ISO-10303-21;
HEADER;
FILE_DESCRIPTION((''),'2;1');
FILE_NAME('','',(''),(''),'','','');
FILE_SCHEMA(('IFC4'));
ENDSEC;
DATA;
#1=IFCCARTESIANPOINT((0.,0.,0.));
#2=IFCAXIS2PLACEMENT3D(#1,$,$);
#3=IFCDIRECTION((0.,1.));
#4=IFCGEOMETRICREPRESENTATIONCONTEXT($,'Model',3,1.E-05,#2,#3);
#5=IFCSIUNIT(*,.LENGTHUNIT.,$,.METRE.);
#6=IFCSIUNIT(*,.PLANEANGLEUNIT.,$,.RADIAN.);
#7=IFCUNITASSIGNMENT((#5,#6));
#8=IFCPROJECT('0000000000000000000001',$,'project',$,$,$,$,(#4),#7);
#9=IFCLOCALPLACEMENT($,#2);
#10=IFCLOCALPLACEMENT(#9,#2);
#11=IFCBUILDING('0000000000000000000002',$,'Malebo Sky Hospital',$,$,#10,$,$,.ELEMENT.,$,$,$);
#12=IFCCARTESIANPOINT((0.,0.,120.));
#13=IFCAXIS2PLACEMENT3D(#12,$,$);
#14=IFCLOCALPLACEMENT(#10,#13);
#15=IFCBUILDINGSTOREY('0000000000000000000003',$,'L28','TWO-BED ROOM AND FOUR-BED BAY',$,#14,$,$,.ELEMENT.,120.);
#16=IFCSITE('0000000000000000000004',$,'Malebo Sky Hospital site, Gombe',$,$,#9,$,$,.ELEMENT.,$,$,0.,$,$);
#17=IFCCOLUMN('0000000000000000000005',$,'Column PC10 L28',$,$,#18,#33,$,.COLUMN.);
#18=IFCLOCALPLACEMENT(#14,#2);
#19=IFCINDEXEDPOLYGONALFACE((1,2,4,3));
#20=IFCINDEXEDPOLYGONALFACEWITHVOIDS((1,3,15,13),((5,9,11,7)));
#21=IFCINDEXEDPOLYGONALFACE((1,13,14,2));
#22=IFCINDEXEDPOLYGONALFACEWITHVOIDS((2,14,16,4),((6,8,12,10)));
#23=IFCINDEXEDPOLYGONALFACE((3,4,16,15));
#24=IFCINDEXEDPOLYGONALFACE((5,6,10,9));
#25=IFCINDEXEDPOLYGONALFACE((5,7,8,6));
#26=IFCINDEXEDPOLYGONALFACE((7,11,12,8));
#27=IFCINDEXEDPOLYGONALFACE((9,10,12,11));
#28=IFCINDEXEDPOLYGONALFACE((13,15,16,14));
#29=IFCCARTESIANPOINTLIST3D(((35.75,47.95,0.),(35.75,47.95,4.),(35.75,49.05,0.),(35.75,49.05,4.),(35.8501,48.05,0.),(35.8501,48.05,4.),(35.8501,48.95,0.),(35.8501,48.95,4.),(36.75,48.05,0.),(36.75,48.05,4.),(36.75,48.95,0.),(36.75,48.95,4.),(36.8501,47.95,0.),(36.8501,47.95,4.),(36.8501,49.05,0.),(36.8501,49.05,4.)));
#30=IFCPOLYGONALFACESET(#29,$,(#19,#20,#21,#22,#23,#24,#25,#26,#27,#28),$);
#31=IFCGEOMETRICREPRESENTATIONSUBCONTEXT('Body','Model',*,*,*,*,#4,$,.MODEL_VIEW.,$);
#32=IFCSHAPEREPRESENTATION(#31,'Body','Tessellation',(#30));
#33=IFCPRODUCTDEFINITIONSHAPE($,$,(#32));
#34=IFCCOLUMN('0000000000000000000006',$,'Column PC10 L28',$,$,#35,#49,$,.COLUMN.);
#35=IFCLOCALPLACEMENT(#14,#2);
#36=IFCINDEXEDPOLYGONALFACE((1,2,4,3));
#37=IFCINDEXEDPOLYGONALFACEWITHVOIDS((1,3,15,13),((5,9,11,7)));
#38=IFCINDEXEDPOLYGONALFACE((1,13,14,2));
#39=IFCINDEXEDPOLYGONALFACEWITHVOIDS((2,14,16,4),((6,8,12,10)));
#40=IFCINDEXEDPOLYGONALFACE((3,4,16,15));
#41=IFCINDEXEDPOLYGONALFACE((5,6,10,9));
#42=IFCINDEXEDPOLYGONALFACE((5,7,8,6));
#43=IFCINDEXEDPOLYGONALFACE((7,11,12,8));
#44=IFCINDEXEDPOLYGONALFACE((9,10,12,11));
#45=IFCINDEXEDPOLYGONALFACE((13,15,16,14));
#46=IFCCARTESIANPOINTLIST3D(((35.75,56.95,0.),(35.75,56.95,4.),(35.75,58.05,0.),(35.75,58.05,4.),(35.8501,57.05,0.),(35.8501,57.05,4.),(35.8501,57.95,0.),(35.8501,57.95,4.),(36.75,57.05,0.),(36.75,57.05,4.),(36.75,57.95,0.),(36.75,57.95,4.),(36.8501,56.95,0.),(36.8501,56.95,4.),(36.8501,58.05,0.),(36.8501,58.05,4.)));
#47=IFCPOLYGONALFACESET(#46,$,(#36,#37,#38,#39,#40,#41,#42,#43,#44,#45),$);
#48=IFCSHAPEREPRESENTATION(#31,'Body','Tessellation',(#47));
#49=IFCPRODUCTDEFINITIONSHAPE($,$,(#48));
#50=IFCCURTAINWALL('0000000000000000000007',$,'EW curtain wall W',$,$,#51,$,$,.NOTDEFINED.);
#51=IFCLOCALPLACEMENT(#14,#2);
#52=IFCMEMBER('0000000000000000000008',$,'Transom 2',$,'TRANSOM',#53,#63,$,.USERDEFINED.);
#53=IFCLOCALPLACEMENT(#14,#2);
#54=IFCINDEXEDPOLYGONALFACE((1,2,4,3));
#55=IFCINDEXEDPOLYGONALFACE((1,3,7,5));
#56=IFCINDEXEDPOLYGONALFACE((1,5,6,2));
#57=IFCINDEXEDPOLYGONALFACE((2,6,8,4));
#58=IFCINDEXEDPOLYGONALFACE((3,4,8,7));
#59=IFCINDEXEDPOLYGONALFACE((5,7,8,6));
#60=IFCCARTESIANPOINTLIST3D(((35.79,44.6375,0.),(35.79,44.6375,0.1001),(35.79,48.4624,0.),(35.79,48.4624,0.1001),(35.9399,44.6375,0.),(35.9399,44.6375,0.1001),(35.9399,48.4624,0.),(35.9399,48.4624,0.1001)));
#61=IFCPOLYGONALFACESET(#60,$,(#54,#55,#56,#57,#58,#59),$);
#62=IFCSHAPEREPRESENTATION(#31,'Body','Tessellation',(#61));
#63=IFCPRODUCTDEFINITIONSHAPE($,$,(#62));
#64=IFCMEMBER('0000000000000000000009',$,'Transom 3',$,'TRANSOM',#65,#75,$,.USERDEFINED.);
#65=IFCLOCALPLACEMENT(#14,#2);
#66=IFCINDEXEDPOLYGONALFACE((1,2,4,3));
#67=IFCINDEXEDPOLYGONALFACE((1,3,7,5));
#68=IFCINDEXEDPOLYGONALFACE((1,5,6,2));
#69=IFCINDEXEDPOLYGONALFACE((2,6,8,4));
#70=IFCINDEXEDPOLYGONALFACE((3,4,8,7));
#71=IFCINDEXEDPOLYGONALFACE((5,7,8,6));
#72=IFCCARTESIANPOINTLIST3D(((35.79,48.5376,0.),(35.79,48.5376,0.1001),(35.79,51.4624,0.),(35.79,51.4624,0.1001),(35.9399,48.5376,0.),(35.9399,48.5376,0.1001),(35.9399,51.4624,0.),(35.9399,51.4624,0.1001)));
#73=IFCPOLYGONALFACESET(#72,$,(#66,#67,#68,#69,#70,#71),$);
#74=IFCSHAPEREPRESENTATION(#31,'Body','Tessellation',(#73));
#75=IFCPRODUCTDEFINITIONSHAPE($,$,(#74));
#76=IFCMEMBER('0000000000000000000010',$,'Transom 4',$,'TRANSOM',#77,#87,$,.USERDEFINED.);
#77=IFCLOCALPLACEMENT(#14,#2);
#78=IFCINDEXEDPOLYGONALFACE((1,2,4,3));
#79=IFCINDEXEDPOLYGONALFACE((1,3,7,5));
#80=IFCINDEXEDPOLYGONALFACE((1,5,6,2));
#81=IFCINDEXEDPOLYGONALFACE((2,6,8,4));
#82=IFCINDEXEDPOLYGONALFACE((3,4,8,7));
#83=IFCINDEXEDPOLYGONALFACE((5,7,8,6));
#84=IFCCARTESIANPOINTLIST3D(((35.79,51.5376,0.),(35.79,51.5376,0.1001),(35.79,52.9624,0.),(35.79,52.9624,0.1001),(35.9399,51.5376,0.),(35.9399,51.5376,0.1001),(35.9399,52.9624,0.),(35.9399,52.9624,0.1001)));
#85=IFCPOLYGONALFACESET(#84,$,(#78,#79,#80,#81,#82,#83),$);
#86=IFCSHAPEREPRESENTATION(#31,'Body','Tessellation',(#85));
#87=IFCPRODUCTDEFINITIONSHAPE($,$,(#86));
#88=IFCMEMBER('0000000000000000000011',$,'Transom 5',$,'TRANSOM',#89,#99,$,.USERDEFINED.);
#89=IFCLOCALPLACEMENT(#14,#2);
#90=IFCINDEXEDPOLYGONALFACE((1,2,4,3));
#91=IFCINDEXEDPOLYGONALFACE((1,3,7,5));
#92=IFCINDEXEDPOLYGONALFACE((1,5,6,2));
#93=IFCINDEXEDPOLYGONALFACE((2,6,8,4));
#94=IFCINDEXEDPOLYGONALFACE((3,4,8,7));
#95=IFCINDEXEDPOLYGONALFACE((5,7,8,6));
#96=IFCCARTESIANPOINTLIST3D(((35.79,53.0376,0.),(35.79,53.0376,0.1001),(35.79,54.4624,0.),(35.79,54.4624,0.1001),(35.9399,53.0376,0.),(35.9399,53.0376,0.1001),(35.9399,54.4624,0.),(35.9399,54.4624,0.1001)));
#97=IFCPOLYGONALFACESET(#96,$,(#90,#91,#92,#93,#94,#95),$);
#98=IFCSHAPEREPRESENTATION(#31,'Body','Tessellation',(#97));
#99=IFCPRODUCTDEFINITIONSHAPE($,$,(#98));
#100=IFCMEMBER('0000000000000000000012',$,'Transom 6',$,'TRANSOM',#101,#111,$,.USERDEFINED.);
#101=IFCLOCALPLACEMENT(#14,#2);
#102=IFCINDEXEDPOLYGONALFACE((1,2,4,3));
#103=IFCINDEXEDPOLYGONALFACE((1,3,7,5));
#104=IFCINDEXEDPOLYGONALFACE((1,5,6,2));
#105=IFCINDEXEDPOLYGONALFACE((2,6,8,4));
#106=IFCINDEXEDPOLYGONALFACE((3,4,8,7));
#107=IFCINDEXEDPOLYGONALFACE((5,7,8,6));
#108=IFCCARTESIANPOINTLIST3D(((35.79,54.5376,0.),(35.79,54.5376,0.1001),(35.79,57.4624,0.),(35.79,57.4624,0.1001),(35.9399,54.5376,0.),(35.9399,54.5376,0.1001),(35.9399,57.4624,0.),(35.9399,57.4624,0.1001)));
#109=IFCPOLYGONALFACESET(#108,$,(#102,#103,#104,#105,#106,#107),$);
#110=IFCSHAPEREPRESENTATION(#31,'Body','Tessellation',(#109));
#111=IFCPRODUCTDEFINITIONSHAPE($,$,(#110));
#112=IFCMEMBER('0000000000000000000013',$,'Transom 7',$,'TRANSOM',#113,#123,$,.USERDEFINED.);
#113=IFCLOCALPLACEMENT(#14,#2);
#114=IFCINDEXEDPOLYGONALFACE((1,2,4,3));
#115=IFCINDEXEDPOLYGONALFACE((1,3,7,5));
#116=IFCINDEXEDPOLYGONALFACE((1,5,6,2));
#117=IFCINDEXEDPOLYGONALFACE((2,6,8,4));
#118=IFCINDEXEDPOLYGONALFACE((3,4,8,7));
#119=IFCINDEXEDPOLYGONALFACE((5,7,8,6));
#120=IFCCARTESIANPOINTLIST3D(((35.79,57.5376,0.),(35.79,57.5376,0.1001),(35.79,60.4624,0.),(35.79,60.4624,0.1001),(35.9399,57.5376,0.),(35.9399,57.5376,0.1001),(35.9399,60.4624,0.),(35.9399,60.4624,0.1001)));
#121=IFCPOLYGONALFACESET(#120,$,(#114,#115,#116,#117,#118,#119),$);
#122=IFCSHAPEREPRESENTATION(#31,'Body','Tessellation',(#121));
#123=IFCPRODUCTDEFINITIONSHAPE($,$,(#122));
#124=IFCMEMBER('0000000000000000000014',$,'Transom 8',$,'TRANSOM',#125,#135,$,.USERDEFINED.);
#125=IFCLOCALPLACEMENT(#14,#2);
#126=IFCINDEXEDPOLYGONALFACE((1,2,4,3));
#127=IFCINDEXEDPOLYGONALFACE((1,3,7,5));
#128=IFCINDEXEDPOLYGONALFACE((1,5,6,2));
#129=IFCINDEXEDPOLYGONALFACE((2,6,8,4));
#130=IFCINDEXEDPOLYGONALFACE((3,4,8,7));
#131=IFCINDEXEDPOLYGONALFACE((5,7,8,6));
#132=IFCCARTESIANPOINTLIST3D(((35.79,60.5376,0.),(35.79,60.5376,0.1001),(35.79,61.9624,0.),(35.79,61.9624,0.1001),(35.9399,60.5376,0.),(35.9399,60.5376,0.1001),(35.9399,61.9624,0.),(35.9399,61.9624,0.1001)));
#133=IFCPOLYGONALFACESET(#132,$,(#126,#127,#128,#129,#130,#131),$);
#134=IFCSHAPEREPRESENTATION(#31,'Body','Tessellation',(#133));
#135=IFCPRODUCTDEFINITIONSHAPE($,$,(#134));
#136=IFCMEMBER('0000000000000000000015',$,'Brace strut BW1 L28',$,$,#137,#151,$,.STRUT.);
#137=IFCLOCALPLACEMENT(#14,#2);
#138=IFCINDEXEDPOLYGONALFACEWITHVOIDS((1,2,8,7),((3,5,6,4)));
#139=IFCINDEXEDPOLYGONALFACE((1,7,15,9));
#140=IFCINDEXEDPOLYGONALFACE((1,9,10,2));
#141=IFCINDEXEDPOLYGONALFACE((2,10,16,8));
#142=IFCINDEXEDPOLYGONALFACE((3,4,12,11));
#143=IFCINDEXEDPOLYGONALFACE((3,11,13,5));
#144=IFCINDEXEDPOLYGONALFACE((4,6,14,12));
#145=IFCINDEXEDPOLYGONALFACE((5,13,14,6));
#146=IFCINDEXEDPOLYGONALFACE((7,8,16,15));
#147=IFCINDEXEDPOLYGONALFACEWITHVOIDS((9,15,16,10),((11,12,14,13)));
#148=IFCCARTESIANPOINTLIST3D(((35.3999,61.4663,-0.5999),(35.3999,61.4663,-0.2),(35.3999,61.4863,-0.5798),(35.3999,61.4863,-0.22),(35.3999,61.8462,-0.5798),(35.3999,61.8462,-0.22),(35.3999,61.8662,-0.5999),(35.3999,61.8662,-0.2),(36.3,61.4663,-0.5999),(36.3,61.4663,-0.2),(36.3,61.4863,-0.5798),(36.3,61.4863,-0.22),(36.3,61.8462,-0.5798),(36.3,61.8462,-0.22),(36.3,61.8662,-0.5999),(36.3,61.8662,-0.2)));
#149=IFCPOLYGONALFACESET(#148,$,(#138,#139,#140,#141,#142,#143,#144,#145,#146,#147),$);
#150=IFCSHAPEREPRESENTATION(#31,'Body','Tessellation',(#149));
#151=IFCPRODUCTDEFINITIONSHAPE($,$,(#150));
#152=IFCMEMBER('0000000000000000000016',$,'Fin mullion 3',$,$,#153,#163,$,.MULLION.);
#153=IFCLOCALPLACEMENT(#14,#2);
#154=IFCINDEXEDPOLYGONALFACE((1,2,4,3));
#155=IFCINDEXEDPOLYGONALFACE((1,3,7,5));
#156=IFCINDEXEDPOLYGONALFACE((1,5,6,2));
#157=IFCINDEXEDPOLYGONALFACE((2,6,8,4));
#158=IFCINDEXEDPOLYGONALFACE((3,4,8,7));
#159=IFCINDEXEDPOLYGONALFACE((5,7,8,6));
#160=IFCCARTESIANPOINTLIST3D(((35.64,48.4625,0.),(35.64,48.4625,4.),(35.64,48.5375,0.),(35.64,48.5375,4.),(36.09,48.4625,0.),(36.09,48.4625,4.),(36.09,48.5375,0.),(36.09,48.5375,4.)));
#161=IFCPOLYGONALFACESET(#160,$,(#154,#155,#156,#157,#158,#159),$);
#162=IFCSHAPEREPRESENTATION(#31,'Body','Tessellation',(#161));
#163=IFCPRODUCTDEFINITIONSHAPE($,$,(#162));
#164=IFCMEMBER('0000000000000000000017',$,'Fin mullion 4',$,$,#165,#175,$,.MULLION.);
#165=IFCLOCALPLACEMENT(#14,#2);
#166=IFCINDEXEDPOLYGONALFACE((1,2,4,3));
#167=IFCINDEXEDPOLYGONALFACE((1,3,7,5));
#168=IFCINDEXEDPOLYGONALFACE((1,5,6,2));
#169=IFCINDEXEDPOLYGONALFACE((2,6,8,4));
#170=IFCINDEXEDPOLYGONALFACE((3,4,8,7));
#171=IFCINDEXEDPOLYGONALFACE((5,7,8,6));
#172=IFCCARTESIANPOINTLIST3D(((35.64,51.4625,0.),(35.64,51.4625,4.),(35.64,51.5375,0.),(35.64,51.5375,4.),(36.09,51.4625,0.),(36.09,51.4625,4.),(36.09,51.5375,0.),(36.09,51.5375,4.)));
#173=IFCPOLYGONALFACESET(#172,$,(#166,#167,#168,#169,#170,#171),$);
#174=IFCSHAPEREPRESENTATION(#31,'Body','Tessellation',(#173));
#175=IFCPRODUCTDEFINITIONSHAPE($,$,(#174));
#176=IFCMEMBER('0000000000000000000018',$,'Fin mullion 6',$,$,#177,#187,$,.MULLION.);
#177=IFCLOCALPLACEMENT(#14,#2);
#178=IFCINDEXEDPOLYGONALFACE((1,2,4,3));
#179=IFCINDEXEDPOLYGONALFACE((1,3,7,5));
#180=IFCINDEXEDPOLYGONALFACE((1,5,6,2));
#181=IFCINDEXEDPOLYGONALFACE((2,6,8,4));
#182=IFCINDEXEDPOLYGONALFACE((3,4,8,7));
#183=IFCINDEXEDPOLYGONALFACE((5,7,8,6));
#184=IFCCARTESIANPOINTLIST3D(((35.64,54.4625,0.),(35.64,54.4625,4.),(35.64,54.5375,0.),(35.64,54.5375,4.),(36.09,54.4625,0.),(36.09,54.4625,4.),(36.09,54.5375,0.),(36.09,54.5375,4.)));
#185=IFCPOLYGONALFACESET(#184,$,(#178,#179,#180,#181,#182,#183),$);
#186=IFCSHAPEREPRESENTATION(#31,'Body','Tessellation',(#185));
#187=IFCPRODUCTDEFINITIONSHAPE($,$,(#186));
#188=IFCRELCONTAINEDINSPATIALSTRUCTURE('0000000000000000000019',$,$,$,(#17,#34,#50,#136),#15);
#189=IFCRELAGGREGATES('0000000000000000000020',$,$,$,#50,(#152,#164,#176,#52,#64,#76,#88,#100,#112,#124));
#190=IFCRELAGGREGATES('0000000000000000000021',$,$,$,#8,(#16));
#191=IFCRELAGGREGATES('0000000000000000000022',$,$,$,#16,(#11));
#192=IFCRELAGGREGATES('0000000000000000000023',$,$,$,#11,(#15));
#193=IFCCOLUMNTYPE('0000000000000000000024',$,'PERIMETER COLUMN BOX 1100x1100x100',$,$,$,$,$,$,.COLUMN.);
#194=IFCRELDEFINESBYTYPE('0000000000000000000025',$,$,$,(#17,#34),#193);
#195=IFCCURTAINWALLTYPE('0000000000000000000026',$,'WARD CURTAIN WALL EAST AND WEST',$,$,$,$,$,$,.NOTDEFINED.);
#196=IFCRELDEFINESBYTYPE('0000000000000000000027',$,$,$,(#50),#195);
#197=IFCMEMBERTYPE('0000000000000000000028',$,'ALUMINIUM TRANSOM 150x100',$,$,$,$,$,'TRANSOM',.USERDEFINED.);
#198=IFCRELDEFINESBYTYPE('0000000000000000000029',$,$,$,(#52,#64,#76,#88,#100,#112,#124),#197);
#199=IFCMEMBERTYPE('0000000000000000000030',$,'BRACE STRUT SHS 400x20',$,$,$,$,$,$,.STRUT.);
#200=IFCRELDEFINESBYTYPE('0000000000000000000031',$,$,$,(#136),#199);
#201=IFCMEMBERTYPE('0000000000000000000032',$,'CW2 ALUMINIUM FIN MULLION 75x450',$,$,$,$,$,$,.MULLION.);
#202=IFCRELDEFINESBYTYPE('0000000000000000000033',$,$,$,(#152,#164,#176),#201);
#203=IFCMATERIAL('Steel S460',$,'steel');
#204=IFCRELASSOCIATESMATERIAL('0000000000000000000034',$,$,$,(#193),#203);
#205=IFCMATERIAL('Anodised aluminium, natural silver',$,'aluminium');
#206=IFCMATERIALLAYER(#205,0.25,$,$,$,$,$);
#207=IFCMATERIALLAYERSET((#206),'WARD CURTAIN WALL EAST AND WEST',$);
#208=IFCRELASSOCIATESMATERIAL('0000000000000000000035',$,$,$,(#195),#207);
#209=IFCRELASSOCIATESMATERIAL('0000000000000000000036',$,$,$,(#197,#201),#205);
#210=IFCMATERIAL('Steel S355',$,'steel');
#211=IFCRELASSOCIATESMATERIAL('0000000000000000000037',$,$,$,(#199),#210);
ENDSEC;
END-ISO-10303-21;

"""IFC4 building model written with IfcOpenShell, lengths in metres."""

from ifc_helpers import new_model, si_unit, direction, frame, origin, origin_2d, place, context, subcontext, project, spatial, rectangle, hollow_rectangle, extrude, material, layer, layer_set, material_profile, profile_set, type_object, element, aggregate, save


model = new_model("IFC4")

# Units and contexts
model_context = context("Model", 3, precision=1e-05, world=origin(), true_north=direction((0.0, 1.0)))
body_context = subcontext(model_context, "Body", "Model", "MODEL_VIEW")
ifc_project = project(units=[si_unit("LENGTHUNIT", "METRE"), si_unit("PLANEANGLEUNIT", "RADIAN")], contexts=[model_context])

# Site, building, storey
site_placement = place(None, origin())
site = spatial("IfcSite", under=ifc_project, at=site_placement, Name="Malebo Sky Hospital site, Gombe", CompositionType="ELEMENT", RefElevation=0.0)
building_placement = place(site_placement, origin())
building = spatial("IfcBuilding", under=site, at=building_placement, Name="Malebo Sky Hospital", CompositionType="ELEMENT")
storey_placement = place(building_placement, frame((0.0, 0.0, 120.0)))
storey = spatial("IfcBuildingStorey", under=building, at=storey_placement, Name="L28", Description="TWO-BED ROOM AND FOUR-BED BAY", CompositionType="ELEMENT", Elevation=120.0)

# Columns
ifc_material_1 = material(Name="Steel S460", Category="steel")
ifc_material_profile_1 = material_profile(ifc_material_1, hollow_rectangle(XDim=1.1001, YDim=1.1001, WallThickness=0.1001, at=origin_2d()), Name="BOX 1100x1100x100")
ifc_profile_set_1 = profile_set([ifc_material_profile_1], Name="Steel S460")
column_type = type_object("IfcColumnType", Name="PERIMETER COLUMN BOX 1100x1100x100", PredefinedType="COLUMN", material=ifc_profile_set_1)
for number, where, z_axis, x_axis, name in (
    (1, (36.3, 48.5, 0.0), (0.0, 0.0, 1.0), (1.0, 0.0, 0.0), "Column PC10 L28"),
    (2, (36.3, 57.5, 0.0), (0.0, 0.0, 1.0), (1.0, 0.0, 0.0), "Column PC10 L28"),
):
    element("IfcColumn", number, at=place(storey_placement, frame(where, z_axis=z_axis, x_axis=x_axis)), inside=storey, type_object=column_type, Name=name, PredefinedType="COLUMN", context=body_context, shape_type="SweptSolid", body=[
        extrude(hollow_rectangle(XDim=1.1001, YDim=1.1001, WallThickness=0.1001, at=origin_2d()), origin(), (0.0, 0.0, 1.0), 4.0),
    ])

# Curtain wall, members
ifc_material_2 = material(Name="Anodised aluminium, natural silver", Category="aluminium")
ifc_layer_1 = layer(ifc_material_2, 0.25)
ifc_layer_set_1 = layer_set([ifc_layer_1], Name="WARD CURTAIN WALL EAST AND WEST")
curtain_wall_type = type_object("IfcCurtainWallType", Name="WARD CURTAIN WALL EAST AND WEST", PredefinedType="NOTDEFINED", material=ifc_layer_set_1)
curtain_wall_placement = place(storey_placement, origin())
curtain_wall = element("IfcCurtainWall", 3, at=curtain_wall_placement, inside=storey, type_object=curtain_wall_type, Name="EW curtain wall W", PredefinedType="NOTDEFINED")
ifc_material_profile_2 = material_profile(ifc_material_2, rectangle(XDim=0.1499, YDim=0.1001, at=origin_2d()), Name="ALUMINIUM TRANSOM 150x100")
ifc_profile_set_2 = profile_set([ifc_material_profile_2], Name="Anodised aluminium, natural silver")
member_type_1 = type_object("IfcMemberType", Name="ALUMINIUM TRANSOM 150x100", ElementType="TRANSOM", PredefinedType="USERDEFINED", material=ifc_profile_set_2)
member_1_placement = place(storey_placement, frame((35.865, 44.6375, 0.05), z_axis=(0.0, 1.0, 0.0), x_axis=(-1.0, 0.0, 0.0)))
member_1 = element("IfcMember", 4, at=member_1_placement, type_object=member_type_1, Name="Transom 2", ObjectType="TRANSOM", PredefinedType="USERDEFINED", context=body_context, shape_type="SweptSolid", body=[
    extrude(rectangle(XDim=0.1499, YDim=0.1001, at=origin_2d()), origin(), (0.0, 0.0, 1.0), 3.825),
])
member_2_placement = place(storey_placement, frame((35.865, 48.5376, 0.05), z_axis=(0.0, 1.0, 0.0), x_axis=(-1.0, 0.0, 0.0)))
member_2 = element("IfcMember", 5, at=member_2_placement, type_object=member_type_1, Name="Transom 3", ObjectType="TRANSOM", PredefinedType="USERDEFINED", context=body_context, shape_type="SweptSolid", body=[
    extrude(rectangle(XDim=0.1499, YDim=0.1001, at=origin_2d()), origin(), (0.0, 0.0, 1.0), 2.9248),
])
member_3_placement = place(storey_placement, frame((35.865, 51.5376, 0.05), z_axis=(0.0, 1.0, 0.0), x_axis=(-1.0, 0.0, 0.0)))
member_3 = element("IfcMember", 6, at=member_3_placement, type_object=member_type_1, Name="Transom 4", ObjectType="TRANSOM", PredefinedType="USERDEFINED", context=body_context, shape_type="SweptSolid", body=[
    extrude(rectangle(XDim=0.1499, YDim=0.1001, at=origin_2d()), origin(), (0.0, 0.0, 1.0), 1.4248),
])
member_4_placement = place(storey_placement, frame((35.865, 53.0376, 0.05), z_axis=(0.0, 1.0, 0.0), x_axis=(-1.0, 0.0, 0.0)))
member_4 = element("IfcMember", 7, at=member_4_placement, type_object=member_type_1, Name="Transom 5", ObjectType="TRANSOM", PredefinedType="USERDEFINED", context=body_context, shape_type="SweptSolid", body=[
    extrude(rectangle(XDim=0.1499, YDim=0.1001, at=origin_2d()), origin(), (0.0, 0.0, 1.0), 1.4248),
])
member_5_placement = place(storey_placement, frame((35.865, 54.5376, 0.05), z_axis=(0.0, 1.0, 0.0), x_axis=(-1.0, 0.0, 0.0)))
member_5 = element("IfcMember", 8, at=member_5_placement, type_object=member_type_1, Name="Transom 6", ObjectType="TRANSOM", PredefinedType="USERDEFINED", context=body_context, shape_type="SweptSolid", body=[
    extrude(rectangle(XDim=0.1499, YDim=0.1001, at=origin_2d()), origin(), (0.0, 0.0, 1.0), 2.9248),
])
member_6_placement = place(storey_placement, frame((35.865, 57.5376, 0.05), z_axis=(0.0, 1.0, 0.0), x_axis=(-1.0, 0.0, 0.0)))
member_6 = element("IfcMember", 9, at=member_6_placement, type_object=member_type_1, Name="Transom 7", ObjectType="TRANSOM", PredefinedType="USERDEFINED", context=body_context, shape_type="SweptSolid", body=[
    extrude(rectangle(XDim=0.1499, YDim=0.1001, at=origin_2d()), origin(), (0.0, 0.0, 1.0), 2.9248),
])
member_7_placement = place(storey_placement, frame((35.865, 60.5376, 0.05), z_axis=(0.0, 1.0, 0.0), x_axis=(-1.0, 0.0, 0.0)))
member_7 = element("IfcMember", 10, at=member_7_placement, type_object=member_type_1, Name="Transom 8", ObjectType="TRANSOM", PredefinedType="USERDEFINED", context=body_context, shape_type="SweptSolid", body=[
    extrude(rectangle(XDim=0.1499, YDim=0.1001, at=origin_2d()), origin(), (0.0, 0.0, 1.0), 1.4248),
])

# Members
ifc_material_3 = material(Name="Steel S355", Category="steel")
ifc_material_profile_3 = material_profile(ifc_material_3, hollow_rectangle(XDim=0.3999, YDim=0.3999, WallThickness=0.02, at=origin_2d()), Name="SHS 400x20")
ifc_profile_set_3 = profile_set([ifc_material_profile_3], Name="Steel S355")
member_type_2 = type_object("IfcMemberType", Name="BRACE STRUT SHS 400x20", PredefinedType="STRUT", material=ifc_profile_set_3)
member_8_placement = place(storey_placement, frame((35.3999, 61.6663, -0.3999), z_axis=(1.0, 0.0, 0.0), x_axis=(0.0, 1.0, 0.0)))
element("IfcMember", 11, at=member_8_placement, inside=storey, type_object=member_type_2, Name="Brace strut BW1 L28", PredefinedType="STRUT", context=body_context, shape_type="SweptSolid", body=[
    extrude(hollow_rectangle(XDim=0.3999, YDim=0.3999, WallThickness=0.02, at=origin_2d()), origin(), (0.0, 0.0, 1.0), 0.9001),
])
ifc_material_profile_4 = material_profile(ifc_material_2, rectangle(XDim=0.075, YDim=0.45, at=origin_2d()), Name="CW2 ALUMINIUM FIN MULLION 75x450")
ifc_profile_set_4 = profile_set([ifc_material_profile_4], Name="Anodised aluminium, natural silver")
member_type_3 = type_object("IfcMemberType", Name="CW2 ALUMINIUM FIN MULLION 75x450", PredefinedType="MULLION", material=ifc_profile_set_4)
member_9_placement = place(storey_placement, frame((35.865, 48.5, 0.0), z_axis=(0.0, 0.0, 1.0), x_axis=(0.0, 1.0, 0.0)))
member_9 = element("IfcMember", 12, at=member_9_placement, type_object=member_type_3, Name="Fin mullion 3", PredefinedType="MULLION", context=body_context, shape_type="SweptSolid", body=[
    extrude(rectangle(XDim=0.075, YDim=0.45, at=origin_2d()), origin(), (0.0, 0.0, 1.0), 4.0),
])
member_10_placement = place(storey_placement, frame((35.865, 51.5, 0.0), z_axis=(0.0, 0.0, 1.0), x_axis=(0.0, 1.0, 0.0)))
member_10 = element("IfcMember", 13, at=member_10_placement, type_object=member_type_3, Name="Fin mullion 4", PredefinedType="MULLION", context=body_context, shape_type="SweptSolid", body=[
    extrude(rectangle(XDim=0.075, YDim=0.45, at=origin_2d()), origin(), (0.0, 0.0, 1.0), 4.0),
])
member_11_placement = place(storey_placement, frame((35.865, 54.5, 0.0), z_axis=(0.0, 0.0, 1.0), x_axis=(0.0, 1.0, 0.0)))
member_11 = element("IfcMember", 14, at=member_11_placement, type_object=member_type_3, Name="Fin mullion 6", PredefinedType="MULLION", context=body_context, shape_type="SweptSolid", body=[
    extrude(rectangle(XDim=0.075, YDim=0.45, at=origin_2d()), origin(), (0.0, 0.0, 1.0), 4.0),
])

aggregate(curtain_wall, [member_9, member_10, member_11, member_1, member_2, member_3, member_4, member_5, member_6, member_7])

save(model, "model.ifc")
